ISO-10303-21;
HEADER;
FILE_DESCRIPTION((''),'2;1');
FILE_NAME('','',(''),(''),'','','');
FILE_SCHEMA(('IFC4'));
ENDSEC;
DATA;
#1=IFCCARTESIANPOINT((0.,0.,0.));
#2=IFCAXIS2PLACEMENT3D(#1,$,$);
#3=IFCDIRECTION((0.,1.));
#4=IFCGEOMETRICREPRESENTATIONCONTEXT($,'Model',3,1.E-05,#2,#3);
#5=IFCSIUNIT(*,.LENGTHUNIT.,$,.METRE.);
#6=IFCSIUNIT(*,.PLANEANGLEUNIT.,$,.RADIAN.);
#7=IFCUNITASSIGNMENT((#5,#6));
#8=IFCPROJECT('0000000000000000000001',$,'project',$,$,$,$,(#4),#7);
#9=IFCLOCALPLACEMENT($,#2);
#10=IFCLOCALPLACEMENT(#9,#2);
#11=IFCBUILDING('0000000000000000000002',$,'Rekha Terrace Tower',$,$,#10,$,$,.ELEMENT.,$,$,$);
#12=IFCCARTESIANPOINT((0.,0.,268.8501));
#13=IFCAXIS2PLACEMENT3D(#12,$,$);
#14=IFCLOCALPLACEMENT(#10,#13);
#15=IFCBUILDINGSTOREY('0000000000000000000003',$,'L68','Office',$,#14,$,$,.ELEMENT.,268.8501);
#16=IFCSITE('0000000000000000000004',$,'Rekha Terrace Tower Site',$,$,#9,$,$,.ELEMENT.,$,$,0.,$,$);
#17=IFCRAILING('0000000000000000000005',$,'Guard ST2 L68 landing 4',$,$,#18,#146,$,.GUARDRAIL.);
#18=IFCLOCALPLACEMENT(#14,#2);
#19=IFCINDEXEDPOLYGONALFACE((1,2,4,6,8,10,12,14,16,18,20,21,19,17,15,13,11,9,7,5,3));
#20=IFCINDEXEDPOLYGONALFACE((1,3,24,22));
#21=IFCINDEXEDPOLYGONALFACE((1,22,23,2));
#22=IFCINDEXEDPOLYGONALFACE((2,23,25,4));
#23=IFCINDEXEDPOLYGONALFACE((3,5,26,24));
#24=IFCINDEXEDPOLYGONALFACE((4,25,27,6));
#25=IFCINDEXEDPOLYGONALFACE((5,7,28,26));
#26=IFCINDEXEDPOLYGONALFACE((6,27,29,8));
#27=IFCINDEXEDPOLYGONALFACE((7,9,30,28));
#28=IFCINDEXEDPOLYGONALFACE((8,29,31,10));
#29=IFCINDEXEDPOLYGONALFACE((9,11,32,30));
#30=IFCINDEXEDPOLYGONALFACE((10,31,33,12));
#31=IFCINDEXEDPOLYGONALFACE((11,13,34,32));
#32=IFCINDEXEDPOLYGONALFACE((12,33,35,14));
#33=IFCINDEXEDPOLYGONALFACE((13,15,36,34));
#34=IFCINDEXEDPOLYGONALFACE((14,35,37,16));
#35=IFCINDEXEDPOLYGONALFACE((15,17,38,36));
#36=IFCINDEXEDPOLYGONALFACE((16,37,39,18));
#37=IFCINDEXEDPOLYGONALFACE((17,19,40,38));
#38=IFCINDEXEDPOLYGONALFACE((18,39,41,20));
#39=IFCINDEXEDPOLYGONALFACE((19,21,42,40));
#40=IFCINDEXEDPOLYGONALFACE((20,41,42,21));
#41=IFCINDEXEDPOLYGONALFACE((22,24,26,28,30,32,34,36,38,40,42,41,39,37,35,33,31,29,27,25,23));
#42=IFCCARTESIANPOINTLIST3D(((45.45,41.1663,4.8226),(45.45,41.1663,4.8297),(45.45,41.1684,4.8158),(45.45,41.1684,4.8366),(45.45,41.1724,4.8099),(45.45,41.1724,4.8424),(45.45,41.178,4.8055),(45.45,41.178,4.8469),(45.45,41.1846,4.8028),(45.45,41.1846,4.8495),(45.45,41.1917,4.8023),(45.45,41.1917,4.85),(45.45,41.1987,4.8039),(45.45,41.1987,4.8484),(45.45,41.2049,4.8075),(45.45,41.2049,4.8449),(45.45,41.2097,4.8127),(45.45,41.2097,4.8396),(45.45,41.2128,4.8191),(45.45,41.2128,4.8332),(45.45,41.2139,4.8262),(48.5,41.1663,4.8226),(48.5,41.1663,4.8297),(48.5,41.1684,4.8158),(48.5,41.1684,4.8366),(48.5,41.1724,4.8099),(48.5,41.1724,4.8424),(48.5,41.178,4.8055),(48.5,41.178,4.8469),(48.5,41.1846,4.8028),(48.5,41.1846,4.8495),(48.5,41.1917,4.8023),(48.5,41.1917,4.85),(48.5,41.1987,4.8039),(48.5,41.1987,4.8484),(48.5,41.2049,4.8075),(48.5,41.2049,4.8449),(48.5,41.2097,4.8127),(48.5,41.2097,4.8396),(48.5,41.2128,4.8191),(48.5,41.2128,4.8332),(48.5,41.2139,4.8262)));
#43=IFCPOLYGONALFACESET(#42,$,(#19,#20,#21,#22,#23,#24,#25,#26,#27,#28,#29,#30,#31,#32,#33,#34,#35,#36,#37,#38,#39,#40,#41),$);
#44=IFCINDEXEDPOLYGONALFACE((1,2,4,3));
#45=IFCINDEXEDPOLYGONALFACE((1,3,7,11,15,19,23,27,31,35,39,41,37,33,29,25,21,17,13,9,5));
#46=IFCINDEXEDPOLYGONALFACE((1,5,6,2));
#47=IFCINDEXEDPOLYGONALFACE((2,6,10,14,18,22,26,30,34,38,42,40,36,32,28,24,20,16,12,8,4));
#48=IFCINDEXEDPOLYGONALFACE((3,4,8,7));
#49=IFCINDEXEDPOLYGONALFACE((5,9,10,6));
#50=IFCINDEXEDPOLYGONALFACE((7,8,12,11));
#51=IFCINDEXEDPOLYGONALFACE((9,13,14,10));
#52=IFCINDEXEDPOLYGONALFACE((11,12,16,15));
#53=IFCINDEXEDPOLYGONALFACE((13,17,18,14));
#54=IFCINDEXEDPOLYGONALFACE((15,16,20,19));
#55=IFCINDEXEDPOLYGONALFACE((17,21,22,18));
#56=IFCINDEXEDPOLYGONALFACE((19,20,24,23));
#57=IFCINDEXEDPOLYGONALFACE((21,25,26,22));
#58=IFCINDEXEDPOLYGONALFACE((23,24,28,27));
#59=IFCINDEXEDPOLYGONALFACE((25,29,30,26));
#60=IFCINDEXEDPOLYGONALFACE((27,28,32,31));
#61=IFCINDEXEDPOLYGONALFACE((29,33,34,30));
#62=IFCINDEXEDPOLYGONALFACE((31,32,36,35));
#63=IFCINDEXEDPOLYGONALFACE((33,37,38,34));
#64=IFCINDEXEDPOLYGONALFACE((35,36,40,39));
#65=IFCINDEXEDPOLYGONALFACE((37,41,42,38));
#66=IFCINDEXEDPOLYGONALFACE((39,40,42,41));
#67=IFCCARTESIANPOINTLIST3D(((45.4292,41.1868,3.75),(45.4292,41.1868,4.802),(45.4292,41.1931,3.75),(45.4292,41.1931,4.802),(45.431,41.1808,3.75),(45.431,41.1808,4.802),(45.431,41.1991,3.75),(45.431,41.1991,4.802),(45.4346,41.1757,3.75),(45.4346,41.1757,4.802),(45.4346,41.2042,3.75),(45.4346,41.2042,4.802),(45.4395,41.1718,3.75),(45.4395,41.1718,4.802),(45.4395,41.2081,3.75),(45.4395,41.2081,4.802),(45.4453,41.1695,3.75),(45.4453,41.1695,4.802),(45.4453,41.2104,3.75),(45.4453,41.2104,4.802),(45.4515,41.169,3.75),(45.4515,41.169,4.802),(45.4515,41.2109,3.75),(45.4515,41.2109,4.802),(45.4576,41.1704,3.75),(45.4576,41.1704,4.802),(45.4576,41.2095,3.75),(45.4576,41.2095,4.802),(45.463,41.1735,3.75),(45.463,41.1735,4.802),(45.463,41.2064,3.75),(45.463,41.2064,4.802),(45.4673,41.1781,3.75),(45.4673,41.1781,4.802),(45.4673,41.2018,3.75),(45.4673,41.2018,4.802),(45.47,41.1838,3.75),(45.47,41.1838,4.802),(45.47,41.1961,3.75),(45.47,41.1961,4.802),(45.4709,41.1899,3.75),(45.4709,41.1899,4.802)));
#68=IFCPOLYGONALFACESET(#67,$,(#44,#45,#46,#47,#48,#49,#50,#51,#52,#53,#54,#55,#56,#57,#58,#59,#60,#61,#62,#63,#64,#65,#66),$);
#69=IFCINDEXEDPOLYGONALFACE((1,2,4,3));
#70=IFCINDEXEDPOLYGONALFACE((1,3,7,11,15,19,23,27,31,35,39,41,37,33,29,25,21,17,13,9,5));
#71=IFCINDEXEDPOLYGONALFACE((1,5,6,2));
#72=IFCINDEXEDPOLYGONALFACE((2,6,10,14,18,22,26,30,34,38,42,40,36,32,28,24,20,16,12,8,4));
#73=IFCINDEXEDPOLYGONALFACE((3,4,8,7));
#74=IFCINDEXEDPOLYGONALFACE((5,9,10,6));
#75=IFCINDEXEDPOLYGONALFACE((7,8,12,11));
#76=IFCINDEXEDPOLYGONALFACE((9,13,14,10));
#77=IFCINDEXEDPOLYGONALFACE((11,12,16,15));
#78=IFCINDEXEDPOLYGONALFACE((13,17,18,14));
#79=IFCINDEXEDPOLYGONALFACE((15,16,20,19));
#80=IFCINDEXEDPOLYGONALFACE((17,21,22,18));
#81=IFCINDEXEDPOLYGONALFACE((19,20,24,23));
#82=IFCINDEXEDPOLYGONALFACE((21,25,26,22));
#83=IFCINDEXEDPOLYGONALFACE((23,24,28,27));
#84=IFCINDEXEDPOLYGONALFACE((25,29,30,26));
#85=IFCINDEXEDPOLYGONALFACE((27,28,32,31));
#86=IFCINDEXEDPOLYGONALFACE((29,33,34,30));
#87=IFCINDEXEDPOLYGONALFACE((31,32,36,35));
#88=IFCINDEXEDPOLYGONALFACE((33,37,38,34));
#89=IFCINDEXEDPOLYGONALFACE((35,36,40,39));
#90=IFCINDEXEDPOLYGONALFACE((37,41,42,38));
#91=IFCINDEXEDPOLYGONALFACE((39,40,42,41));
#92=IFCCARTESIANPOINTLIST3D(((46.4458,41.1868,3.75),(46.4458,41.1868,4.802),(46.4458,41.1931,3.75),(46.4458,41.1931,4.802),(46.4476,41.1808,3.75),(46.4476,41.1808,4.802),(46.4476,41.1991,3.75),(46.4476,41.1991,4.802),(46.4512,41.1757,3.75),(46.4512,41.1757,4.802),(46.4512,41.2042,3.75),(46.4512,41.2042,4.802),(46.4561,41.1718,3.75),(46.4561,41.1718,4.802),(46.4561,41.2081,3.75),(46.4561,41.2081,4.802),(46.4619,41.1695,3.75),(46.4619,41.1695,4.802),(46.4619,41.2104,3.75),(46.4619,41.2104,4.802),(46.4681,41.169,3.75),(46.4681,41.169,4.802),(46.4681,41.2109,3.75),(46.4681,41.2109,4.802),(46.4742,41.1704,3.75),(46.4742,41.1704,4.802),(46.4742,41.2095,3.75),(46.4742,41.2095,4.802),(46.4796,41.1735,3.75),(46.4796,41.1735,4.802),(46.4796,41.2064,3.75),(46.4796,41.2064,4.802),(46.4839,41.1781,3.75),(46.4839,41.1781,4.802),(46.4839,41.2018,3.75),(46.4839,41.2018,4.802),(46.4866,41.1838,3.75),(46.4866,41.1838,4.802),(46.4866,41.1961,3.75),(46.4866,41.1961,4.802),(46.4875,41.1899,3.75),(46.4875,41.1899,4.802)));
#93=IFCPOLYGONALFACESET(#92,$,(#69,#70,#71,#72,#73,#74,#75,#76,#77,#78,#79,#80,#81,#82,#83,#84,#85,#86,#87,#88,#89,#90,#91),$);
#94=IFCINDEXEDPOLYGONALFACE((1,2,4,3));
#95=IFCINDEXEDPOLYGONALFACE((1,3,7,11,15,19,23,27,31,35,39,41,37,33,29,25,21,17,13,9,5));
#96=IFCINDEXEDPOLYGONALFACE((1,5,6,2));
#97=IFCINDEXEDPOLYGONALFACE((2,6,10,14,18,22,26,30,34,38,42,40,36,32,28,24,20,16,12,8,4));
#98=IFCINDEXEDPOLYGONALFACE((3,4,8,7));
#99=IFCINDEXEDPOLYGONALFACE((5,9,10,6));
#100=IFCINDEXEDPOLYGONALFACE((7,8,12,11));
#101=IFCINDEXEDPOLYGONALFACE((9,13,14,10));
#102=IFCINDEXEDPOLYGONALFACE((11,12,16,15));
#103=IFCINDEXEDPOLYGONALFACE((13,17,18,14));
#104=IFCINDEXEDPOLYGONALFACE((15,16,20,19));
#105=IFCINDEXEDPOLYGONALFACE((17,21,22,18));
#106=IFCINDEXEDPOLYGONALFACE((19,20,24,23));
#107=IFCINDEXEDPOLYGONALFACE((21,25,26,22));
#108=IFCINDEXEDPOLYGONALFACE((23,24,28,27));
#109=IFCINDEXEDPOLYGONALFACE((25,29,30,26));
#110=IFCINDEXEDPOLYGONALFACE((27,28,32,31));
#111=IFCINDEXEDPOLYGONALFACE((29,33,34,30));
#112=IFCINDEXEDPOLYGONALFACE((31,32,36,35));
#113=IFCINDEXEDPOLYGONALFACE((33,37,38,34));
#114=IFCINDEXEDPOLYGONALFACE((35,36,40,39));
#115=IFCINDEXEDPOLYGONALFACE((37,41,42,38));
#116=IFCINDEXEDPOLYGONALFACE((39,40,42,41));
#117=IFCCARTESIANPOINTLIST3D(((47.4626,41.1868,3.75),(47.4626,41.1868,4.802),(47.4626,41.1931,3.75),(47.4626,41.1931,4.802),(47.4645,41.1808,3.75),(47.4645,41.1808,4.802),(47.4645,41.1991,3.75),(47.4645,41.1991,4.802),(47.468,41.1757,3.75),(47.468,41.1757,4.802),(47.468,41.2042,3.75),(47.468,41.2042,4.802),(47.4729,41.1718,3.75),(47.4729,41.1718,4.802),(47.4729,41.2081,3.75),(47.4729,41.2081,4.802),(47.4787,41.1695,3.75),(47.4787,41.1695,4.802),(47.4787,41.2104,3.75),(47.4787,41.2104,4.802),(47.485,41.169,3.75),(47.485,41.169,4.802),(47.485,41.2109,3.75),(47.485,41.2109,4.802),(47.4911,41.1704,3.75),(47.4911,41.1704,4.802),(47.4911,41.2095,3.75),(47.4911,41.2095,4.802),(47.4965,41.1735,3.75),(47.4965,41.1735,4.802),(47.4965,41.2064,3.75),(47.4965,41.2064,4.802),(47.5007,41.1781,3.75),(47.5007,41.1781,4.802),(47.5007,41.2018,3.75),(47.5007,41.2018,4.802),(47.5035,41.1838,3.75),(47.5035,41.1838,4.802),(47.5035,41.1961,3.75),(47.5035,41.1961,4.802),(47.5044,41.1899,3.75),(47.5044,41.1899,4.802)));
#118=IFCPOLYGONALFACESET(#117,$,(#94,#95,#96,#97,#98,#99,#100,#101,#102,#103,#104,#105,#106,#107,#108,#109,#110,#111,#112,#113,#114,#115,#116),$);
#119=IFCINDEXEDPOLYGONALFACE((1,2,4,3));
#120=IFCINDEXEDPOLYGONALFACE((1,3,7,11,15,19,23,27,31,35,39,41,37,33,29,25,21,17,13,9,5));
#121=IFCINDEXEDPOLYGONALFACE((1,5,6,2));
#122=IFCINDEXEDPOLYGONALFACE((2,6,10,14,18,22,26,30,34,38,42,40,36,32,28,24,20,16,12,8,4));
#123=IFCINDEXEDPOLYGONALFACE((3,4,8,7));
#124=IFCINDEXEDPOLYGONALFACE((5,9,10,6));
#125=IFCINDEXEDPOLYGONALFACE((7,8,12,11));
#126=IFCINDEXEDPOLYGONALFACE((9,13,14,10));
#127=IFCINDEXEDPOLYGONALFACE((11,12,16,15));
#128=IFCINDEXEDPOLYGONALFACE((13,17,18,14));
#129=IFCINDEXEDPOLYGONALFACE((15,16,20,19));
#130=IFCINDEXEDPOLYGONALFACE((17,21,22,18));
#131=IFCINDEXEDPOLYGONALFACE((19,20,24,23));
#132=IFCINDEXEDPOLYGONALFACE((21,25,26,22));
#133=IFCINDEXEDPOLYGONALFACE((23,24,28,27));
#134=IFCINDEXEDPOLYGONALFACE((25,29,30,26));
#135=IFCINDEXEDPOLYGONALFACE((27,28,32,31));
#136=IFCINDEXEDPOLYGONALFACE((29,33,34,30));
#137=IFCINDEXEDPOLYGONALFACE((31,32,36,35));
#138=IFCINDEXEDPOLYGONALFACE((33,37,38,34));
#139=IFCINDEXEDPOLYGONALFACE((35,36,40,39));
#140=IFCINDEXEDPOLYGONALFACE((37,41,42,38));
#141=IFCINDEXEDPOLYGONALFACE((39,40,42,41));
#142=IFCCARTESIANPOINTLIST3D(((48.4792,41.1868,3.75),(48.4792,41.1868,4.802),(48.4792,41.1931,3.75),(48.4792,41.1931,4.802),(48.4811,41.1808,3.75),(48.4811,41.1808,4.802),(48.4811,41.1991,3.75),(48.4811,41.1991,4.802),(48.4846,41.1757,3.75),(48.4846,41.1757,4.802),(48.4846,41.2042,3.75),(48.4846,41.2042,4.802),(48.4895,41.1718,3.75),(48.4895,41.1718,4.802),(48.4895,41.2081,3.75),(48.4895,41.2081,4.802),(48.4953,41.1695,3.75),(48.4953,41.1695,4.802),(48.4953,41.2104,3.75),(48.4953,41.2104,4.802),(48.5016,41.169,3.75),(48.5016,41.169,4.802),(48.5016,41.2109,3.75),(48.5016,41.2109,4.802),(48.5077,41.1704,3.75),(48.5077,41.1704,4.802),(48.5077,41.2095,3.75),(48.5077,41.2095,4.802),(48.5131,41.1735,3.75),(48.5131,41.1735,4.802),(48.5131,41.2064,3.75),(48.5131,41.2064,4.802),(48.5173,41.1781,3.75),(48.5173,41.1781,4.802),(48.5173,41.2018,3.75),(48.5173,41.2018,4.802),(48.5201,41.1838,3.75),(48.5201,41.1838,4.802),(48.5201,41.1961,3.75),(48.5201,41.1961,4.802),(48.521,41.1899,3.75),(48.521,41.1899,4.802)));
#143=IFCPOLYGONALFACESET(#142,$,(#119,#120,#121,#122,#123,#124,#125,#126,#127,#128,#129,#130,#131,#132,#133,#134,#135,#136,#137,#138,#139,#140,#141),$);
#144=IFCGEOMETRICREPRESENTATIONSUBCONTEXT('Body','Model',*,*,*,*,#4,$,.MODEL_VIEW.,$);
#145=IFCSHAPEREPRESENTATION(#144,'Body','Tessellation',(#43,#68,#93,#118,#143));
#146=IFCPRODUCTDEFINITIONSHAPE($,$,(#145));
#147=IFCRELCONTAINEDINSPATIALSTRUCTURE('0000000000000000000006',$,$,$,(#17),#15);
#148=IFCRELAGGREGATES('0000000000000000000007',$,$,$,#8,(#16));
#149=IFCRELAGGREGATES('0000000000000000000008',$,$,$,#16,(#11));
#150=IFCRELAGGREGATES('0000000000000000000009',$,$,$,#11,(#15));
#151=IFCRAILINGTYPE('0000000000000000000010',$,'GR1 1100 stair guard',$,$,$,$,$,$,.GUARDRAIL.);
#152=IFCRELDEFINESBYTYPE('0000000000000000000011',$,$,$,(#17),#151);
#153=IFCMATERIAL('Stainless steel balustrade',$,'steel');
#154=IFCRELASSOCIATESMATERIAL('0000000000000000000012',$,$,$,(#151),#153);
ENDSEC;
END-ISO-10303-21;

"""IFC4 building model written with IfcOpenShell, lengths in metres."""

from ifc_helpers import new_model, si_unit, direction, frame, origin, origin_2d, place, context, subcontext, project, spatial, circle, extrude, material, type_object, element, save


model = new_model("IFC4")

# Units and contexts
model_context = context("Model", 3, precision=1e-05, world=origin(), true_north=direction((0.0, 1.0)))
body_context = subcontext(model_context, "Body", "Model", "MODEL_VIEW")
ifc_project = project(units=[si_unit("LENGTHUNIT", "METRE"), si_unit("PLANEANGLEUNIT", "RADIAN")], contexts=[model_context])

# Site, building, storey
site_placement = place(None, origin())
site = spatial("IfcSite", under=ifc_project, at=site_placement, Name="Rekha Terrace Tower Site", CompositionType="ELEMENT", RefElevation=0.0)
building_placement = place(site_placement, origin())
building = spatial("IfcBuilding", under=site, at=building_placement, Name="Rekha Terrace Tower", CompositionType="ELEMENT")
storey_placement = place(building_placement, frame((0.0, 0.0, 268.8501)))
storey = spatial("IfcBuildingStorey", under=building, at=storey_placement, Name="L68", Description="Office", CompositionType="ELEMENT", Elevation=268.8501)

# Railing
ifc_material_1 = material(Name="Stainless steel balustrade", Category="steel")
railing_type_1 = type_object("IfcRailingType", Name="GR1 1100 stair guard", PredefinedType="GUARDRAIL", material=ifc_material_1)
railing_1_placement = place(storey_placement, frame((45.45, 41.1899, 3.75)))
element("IfcRailing", 1, at=railing_1_placement, inside=storey, type_object=railing_type_1, Name="Guard ST2 L68 landing 4", PredefinedType="GUARDRAIL", context=body_context, shape_type="SweptSolid", body=[
    extrude(circle(Radius=0.0239, at=origin_2d()), frame((0.0, 0.0, 1.0762), z_axis=(1.0, 0.0, 0.0), x_axis=(0.0, 1.0, 0.0)), (0.0, 0.0, 1.0), 3.05),
    extrude(circle(Radius=0.021, at=origin_2d()), origin(), (0.0, 0.0, 1.0), 1.052),
    extrude(circle(Radius=0.021, at=origin_2d()), frame((1.0166, 0.0, 0.0)), (0.0, 0.0, 1.0), 1.052),
    extrude(circle(Radius=0.021, at=origin_2d()), frame((2.0334, 0.0, 0.0)), (0.0, 0.0, 1.0), 1.052),
    extrude(circle(Radius=0.021, at=origin_2d()), frame((3.05, 0.0, 0.0)), (0.0, 0.0, 1.0), 1.052),
])

save(model, "model.ifc")
